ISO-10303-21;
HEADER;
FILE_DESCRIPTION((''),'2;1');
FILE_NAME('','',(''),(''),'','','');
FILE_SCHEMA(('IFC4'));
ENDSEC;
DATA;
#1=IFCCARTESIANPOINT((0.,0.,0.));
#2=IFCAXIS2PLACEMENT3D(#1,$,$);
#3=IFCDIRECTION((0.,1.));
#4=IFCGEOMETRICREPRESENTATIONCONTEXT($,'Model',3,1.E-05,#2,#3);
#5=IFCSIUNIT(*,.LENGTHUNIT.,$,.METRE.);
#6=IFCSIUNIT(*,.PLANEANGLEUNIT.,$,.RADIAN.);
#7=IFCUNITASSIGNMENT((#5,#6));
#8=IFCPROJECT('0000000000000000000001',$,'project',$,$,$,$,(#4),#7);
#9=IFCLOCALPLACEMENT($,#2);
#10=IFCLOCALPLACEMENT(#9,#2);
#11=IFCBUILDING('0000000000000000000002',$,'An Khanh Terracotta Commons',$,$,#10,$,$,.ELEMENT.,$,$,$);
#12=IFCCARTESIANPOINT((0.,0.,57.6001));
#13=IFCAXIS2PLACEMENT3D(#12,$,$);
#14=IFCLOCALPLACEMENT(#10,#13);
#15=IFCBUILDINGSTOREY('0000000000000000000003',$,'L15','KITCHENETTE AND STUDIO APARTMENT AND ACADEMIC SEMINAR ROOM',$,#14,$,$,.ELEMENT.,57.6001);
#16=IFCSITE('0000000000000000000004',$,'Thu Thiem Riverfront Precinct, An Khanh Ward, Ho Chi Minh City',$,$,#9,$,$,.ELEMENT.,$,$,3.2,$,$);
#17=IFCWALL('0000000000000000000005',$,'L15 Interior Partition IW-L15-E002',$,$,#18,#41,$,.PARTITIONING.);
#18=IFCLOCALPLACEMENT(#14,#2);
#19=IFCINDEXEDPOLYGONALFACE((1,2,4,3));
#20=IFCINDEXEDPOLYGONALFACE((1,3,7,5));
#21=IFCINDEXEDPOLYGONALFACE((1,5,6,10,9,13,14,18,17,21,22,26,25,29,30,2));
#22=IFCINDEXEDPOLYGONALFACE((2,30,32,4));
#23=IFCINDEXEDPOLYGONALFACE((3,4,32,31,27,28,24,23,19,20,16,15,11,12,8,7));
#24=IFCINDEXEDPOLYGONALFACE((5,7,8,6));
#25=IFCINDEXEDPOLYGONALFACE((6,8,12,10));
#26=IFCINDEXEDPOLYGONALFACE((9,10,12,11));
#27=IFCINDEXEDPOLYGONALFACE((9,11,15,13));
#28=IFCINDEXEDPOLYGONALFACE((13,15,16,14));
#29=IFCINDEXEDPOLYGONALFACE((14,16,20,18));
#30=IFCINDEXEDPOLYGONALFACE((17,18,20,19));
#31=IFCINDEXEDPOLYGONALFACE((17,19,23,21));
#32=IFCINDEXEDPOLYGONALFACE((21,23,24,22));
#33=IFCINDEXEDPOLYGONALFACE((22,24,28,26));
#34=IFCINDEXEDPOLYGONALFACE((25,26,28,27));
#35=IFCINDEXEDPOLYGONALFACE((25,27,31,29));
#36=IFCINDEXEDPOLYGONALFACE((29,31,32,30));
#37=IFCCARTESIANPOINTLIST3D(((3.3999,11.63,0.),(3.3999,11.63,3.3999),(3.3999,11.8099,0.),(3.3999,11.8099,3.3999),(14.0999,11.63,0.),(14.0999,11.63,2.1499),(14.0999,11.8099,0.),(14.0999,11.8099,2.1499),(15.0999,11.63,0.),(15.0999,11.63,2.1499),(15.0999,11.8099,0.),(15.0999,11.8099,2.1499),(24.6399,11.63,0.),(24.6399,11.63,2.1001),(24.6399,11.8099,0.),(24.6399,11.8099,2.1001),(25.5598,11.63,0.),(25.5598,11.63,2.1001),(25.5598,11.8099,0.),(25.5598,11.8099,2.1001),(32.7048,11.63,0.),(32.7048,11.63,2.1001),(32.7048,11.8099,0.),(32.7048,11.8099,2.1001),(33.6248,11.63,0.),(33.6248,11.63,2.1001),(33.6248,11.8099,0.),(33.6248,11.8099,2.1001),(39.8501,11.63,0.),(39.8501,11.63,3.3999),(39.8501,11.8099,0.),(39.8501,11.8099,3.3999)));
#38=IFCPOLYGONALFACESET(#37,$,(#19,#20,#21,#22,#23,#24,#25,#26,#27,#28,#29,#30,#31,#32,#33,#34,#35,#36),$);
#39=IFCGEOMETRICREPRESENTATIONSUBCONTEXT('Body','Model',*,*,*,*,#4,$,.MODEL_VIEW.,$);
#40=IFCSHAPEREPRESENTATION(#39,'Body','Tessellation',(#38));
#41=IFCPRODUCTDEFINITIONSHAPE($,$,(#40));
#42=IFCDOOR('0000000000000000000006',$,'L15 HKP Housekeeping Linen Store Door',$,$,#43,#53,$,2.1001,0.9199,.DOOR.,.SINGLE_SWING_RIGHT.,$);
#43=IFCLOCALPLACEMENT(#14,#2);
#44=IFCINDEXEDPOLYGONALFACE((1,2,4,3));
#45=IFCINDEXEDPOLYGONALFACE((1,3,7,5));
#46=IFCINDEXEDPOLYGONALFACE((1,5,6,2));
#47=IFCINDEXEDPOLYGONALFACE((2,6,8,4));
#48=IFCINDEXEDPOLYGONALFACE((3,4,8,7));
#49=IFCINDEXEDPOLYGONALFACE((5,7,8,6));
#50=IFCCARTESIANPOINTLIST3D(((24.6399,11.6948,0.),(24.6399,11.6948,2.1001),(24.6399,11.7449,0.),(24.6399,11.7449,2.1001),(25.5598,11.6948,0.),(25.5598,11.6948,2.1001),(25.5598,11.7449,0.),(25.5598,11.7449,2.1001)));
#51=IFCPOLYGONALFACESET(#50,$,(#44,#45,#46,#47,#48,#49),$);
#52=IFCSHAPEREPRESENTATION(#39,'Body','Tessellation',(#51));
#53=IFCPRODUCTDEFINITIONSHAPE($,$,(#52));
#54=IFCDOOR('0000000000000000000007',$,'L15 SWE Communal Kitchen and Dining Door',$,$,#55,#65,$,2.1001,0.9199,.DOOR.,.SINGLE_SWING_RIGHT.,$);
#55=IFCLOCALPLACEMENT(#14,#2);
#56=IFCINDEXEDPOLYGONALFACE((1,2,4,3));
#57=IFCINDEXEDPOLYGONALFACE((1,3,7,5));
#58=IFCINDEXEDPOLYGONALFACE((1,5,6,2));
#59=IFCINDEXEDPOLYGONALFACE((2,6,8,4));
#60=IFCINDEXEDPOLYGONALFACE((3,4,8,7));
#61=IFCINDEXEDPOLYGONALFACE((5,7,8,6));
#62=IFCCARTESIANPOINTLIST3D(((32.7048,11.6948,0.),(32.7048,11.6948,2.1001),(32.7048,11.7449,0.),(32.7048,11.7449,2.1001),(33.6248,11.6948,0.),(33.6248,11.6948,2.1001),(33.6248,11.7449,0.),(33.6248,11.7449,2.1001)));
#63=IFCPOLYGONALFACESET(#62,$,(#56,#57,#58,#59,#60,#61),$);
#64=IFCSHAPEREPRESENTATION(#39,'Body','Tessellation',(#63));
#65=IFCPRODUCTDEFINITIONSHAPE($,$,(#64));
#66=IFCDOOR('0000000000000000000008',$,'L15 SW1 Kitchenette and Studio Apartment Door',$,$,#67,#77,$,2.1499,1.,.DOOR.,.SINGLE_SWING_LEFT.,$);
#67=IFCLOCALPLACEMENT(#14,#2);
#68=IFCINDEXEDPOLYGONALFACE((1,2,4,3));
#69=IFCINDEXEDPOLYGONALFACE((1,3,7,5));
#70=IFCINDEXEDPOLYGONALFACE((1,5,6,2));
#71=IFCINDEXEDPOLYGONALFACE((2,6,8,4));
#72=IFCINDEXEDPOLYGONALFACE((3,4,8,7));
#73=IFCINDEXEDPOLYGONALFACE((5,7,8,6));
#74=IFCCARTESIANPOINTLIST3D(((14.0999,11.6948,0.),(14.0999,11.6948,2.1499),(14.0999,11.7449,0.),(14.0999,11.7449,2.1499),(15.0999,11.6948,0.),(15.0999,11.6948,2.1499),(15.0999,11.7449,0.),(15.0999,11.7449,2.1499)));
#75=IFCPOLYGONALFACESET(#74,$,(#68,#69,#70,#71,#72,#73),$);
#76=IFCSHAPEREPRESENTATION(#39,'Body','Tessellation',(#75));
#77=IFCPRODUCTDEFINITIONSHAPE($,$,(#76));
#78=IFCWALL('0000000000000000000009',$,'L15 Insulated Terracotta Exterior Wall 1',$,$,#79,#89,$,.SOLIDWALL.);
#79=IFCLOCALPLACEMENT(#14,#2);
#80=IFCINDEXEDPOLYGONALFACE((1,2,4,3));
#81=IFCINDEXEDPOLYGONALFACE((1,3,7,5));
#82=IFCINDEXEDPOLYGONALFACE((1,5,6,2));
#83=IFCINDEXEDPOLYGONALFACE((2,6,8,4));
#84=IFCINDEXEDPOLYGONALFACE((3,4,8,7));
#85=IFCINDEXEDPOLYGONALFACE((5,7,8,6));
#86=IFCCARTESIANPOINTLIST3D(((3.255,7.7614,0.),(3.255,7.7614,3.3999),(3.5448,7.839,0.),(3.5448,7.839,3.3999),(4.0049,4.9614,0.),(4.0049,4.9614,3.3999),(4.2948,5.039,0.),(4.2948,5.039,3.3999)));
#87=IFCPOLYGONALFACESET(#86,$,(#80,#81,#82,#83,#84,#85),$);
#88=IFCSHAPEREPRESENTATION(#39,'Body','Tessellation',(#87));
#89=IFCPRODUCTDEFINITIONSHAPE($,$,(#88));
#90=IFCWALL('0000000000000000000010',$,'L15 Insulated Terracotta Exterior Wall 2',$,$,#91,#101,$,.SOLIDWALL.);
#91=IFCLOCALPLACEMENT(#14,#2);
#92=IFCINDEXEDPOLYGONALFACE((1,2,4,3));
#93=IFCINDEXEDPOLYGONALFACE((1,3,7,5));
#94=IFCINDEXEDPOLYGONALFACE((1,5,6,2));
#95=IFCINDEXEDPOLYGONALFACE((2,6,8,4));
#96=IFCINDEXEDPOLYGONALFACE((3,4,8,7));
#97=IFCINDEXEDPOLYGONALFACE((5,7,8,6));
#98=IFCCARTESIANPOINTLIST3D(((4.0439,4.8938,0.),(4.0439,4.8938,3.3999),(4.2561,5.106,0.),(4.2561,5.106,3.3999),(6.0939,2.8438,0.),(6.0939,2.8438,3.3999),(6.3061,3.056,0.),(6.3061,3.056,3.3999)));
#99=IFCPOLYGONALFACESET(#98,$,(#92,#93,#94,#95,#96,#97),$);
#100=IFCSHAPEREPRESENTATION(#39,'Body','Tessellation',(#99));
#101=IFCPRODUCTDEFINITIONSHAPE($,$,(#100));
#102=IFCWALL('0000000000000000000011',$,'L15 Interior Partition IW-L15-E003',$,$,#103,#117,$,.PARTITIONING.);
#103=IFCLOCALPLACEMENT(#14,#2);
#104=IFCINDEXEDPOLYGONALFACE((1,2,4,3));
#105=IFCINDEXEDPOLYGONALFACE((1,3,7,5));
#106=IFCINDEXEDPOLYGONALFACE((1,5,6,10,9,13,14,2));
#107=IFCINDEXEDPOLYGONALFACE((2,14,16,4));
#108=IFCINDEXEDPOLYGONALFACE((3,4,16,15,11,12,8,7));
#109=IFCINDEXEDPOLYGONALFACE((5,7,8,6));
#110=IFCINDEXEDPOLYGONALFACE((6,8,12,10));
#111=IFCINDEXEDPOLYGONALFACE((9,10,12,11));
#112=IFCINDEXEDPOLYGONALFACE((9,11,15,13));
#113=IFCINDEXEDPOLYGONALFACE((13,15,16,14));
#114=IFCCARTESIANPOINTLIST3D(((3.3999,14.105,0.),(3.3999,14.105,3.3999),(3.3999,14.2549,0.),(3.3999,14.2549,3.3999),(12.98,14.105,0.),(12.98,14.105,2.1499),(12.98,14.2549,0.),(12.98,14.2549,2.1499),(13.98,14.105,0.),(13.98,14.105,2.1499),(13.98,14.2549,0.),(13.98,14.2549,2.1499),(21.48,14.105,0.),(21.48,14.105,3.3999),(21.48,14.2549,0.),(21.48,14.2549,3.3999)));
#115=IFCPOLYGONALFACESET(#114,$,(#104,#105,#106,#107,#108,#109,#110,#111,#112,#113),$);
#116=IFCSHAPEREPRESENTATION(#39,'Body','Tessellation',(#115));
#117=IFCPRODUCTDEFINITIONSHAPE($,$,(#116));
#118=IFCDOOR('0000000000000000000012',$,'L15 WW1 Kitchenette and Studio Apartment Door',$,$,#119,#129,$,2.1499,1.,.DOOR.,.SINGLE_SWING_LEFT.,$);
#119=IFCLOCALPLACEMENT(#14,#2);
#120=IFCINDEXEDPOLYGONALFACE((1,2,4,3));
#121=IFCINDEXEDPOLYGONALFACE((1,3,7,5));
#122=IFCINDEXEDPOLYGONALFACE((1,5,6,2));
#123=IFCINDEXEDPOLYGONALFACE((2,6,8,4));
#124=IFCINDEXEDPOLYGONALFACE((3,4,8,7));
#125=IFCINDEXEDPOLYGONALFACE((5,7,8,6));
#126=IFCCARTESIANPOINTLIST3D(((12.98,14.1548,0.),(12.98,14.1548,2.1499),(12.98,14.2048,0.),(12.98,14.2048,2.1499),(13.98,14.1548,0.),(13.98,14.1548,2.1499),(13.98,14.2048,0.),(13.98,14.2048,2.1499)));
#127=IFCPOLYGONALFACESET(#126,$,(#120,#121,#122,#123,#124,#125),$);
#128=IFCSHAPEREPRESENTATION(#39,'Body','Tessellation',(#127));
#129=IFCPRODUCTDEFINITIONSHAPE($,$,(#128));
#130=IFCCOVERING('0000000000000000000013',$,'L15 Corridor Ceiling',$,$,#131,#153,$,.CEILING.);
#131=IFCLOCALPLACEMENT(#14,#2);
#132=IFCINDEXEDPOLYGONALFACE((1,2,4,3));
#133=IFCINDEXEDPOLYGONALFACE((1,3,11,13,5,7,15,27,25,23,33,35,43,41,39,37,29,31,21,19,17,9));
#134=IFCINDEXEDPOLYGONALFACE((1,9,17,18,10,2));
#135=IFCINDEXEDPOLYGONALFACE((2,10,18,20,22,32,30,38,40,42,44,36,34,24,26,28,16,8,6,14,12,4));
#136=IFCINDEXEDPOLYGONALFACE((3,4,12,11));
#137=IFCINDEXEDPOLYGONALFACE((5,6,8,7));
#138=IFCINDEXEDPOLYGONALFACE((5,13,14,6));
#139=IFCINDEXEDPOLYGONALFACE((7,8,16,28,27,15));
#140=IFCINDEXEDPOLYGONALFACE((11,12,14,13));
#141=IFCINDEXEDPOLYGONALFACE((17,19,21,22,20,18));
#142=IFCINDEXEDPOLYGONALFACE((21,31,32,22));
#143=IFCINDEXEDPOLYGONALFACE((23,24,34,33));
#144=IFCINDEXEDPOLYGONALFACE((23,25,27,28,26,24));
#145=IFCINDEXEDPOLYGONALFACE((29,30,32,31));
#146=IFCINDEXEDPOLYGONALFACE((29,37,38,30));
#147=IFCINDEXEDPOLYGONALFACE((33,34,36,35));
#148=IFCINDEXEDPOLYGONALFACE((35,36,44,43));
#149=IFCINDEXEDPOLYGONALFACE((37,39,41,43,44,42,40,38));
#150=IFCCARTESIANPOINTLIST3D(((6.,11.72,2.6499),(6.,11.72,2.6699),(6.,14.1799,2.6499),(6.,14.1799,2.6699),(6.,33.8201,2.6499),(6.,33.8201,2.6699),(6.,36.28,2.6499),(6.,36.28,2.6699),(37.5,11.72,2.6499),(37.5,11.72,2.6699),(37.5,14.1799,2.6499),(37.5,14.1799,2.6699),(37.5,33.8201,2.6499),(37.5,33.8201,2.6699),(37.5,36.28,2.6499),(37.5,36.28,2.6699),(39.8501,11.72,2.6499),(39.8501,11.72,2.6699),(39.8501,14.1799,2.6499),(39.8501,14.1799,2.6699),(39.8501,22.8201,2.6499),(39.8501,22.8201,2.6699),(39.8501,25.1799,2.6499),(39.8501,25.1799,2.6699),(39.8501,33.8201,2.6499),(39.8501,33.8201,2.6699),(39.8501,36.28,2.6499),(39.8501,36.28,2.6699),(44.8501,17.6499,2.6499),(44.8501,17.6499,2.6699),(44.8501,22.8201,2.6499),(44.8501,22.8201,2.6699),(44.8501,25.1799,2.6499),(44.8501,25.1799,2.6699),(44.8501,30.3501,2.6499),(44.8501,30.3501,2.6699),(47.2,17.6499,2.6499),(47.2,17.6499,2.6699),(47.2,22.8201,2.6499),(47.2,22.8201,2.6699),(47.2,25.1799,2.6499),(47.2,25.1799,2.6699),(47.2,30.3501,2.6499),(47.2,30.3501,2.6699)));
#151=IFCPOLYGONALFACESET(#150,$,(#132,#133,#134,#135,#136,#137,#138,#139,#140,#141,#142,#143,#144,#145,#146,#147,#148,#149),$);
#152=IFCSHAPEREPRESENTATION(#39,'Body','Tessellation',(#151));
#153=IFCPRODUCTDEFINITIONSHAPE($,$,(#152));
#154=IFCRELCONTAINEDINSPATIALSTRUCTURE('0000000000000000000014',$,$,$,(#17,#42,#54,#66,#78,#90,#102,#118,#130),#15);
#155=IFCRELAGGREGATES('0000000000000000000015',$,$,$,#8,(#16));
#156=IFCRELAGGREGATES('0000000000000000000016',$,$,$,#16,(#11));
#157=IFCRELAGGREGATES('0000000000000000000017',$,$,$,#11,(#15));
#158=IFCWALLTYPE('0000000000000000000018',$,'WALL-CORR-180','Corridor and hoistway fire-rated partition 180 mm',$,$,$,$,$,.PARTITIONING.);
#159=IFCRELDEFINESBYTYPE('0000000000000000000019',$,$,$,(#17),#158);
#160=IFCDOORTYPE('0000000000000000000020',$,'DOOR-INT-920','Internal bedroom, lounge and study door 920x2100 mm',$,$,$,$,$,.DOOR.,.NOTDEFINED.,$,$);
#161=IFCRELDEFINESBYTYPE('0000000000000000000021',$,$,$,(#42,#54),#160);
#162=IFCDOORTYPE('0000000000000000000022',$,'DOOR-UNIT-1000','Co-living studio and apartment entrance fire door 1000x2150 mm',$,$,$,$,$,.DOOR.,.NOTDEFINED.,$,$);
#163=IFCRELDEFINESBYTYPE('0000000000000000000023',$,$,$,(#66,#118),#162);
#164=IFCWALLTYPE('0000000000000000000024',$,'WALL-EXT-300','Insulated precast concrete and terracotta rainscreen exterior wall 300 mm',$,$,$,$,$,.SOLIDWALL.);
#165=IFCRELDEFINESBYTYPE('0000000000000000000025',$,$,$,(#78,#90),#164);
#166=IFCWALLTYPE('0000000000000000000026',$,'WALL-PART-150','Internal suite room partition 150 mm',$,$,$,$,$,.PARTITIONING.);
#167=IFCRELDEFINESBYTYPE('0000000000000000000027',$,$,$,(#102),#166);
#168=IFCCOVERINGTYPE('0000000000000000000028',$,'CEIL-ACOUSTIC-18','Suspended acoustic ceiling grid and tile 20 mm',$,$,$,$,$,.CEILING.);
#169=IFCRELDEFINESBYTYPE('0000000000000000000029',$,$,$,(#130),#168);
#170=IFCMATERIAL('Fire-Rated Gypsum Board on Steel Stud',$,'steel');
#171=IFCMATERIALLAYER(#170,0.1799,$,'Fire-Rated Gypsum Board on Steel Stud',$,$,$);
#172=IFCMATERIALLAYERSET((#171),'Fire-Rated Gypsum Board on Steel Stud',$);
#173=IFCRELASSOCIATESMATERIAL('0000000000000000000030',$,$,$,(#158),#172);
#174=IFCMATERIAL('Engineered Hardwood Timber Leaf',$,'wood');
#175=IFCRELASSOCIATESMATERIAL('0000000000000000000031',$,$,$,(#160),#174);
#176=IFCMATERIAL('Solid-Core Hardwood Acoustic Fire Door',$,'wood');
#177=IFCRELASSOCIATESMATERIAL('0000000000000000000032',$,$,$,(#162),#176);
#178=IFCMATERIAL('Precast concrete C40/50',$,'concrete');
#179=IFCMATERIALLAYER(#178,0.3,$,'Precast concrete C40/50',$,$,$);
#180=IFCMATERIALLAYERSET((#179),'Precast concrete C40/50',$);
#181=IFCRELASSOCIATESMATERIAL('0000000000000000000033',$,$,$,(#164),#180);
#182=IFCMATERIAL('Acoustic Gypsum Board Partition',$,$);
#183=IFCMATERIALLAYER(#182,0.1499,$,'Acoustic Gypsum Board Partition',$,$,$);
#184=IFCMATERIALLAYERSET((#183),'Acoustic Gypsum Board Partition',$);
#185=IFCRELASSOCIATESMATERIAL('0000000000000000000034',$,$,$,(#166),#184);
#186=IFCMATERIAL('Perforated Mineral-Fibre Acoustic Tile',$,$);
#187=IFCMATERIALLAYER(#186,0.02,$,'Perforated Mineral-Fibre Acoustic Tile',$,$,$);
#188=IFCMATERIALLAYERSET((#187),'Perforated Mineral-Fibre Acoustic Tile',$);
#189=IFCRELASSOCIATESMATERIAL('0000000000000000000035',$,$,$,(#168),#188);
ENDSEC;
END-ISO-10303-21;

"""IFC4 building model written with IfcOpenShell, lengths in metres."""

from ifc_helpers import new_model, si_unit, direction, frame, frame_2d, origin, place, context, subcontext, project, spatial, polyline, rectangle, outline, extrude, material, layer, layer_set, type_object, element, fill, save


model = new_model("IFC4")

# Units and contexts
model_context = context("Model", 3, precision=1e-05, world=origin(), true_north=direction((0.0, 1.0)))
body_context = subcontext(model_context, "Body", "Model", "MODEL_VIEW")
ifc_project = project(units=[si_unit("LENGTHUNIT", "METRE"), si_unit("PLANEANGLEUNIT", "RADIAN")], contexts=[model_context])

# Site, building, storey
site_placement = place(None, origin())
site = spatial("IfcSite", under=ifc_project, at=site_placement, Name="Thu Thiem Riverfront Precinct, An Khanh Ward, Ho Chi Minh City", CompositionType="ELEMENT", RefElevation=3.2)
building_placement = place(site_placement, origin())
building = spatial("IfcBuilding", under=site, at=building_placement, Name="An Khanh Terracotta Commons", CompositionType="ELEMENT")
storey_placement = place(building_placement, frame((0.0, 0.0, 57.6001)))
storey = spatial("IfcBuildingStorey", under=building, at=storey_placement, Name="L15", Description="KITCHENETTE AND STUDIO APARTMENT AND ACADEMIC SEMINAR ROOM", CompositionType="ELEMENT", Elevation=57.6001)

# Shared definitions
ifc_material_1 = material(Name="Precast concrete C40/50", Category="concrete")

# Wall, openings, doors
ifc_material_2 = material(Name="Fire-Rated Gypsum Board on Steel Stud", Category="steel")
ifc_layer_1 = layer(ifc_material_2, 0.1799, Name="Fire-Rated Gypsum Board on Steel Stud")
ifc_layer_set_1 = layer_set([ifc_layer_1], Name="Fire-Rated Gypsum Board on Steel Stud")
wall_type_1 = type_object("IfcWallType", Name="WALL-CORR-180", Description="Corridor and hoistway fire-rated partition 180 mm", PredefinedType="PARTITIONING", material=ifc_layer_set_1)
wall_1_placement = place(storey_placement, frame((3.3999, 11.72, 0.0), z_axis=(0.0, 0.0, 1.0), x_axis=(1.0, 0.0, 0.0)))
wall_1 = element("IfcWall", 1, at=wall_1_placement, inside=storey, type_object=wall_type_1, Name="L15 Interior Partition IW-L15-E002", PredefinedType="PARTITIONING", context=body_context, shape_type="SweptSolid", body=[
    extrude(rectangle(XDim=36.4502, YDim=0.1799, at=frame_2d((18.2251, 0.0))), origin(), (0.0, 0.0, 1.0), 3.3999),
])
opening_1_placement = place(wall_1_placement, frame((21.24, 0.0, 0.0)))
opening_1 = element("IfcOpeningElement", 2, at=opening_1_placement, cuts=wall_1, PredefinedType="OPENING", context=body_context, shape_type="SweptSolid", body=[
    extrude(rectangle(XDim=0.9199, YDim=2.1001, at=frame_2d((0.46, 1.05))), frame((0.0, 0.0999, 0.0), z_axis=(0.0, -1.0, 0.0), x_axis=(1.0, 0.0, 0.0)), (0.0, 0.0, 1.0), 0.2),
])
opening_2_placement = place(wall_1_placement, frame((10.7, 0.0, 0.0)))
opening_2 = element("IfcOpeningElement", 3, at=opening_2_placement, cuts=wall_1, PredefinedType="OPENING", context=body_context, shape_type="SweptSolid", body=[
    extrude(rectangle(XDim=1.0, YDim=2.1499, at=frame_2d((0.5, 1.075))), frame((0.0, 0.0999, 0.0), z_axis=(0.0, -1.0, 0.0), x_axis=(1.0, 0.0, 0.0)), (0.0, 0.0, 1.0), 0.2),
])
opening_3_placement = place(wall_1_placement, frame((29.3049, 0.0, 0.0)))
opening_3 = element("IfcOpeningElement", 4, at=opening_3_placement, cuts=wall_1, PredefinedType="OPENING", context=body_context, shape_type="SweptSolid", body=[
    extrude(rectangle(XDim=0.9199, YDim=2.1001, at=frame_2d((0.46, 1.05))), frame((0.0, 0.0999, 0.0), z_axis=(0.0, -1.0, 0.0), x_axis=(1.0, 0.0, 0.0)), (0.0, 0.0, 1.0), 0.2),
])
ifc_material_3 = material(Name="Engineered Hardwood Timber Leaf", Category="wood")
door_type_1 = type_object("IfcDoorType", Name="DOOR-INT-920", Description="Internal bedroom, lounge and study door 920x2100 mm", OperationType="NOTDEFINED", PredefinedType="DOOR", material=ifc_material_3)
door_1_placement = place(opening_1_placement, origin())
door_1 = element("IfcDoor", 5, at=door_1_placement, inside=storey, type_object=door_type_1, Name="L15 HKP Housekeeping Linen Store Door", OperationType="SINGLE_SWING_RIGHT", OverallHeight=2.1001, OverallWidth=0.9199, PredefinedType="DOOR", context=body_context, shape_type="SweptSolid", body=[
    extrude(rectangle(XDim=0.9199, YDim=2.1001, at=frame_2d((0.46, 1.05))), frame((0.0, 0.0249, 0.0), z_axis=(0.0, -1.0, 0.0), x_axis=(1.0, 0.0, 0.0)), (0.0, 0.0, 1.0), 0.05),
])
fill(opening_1, door_1)
door_2_placement = place(opening_3_placement, origin())
door_2 = element("IfcDoor", 6, at=door_2_placement, inside=storey, type_object=door_type_1, Name="L15 SWE Communal Kitchen and Dining Door", OperationType="SINGLE_SWING_RIGHT", OverallHeight=2.1001, OverallWidth=0.9199, PredefinedType="DOOR", context=body_context, shape_type="SweptSolid", body=[
    extrude(rectangle(XDim=0.9199, YDim=2.1001, at=frame_2d((0.46, 1.05))), frame((0.0, 0.0249, 0.0), z_axis=(0.0, -1.0, 0.0), x_axis=(1.0, 0.0, 0.0)), (0.0, 0.0, 1.0), 0.05),
])
fill(opening_3, door_2)
ifc_material_4 = material(Name="Solid-Core Hardwood Acoustic Fire Door", Category="wood")
door_type_2 = type_object("IfcDoorType", Name="DOOR-UNIT-1000", Description="Co-living studio and apartment entrance fire door 1000x2150 mm", OperationType="NOTDEFINED", PredefinedType="DOOR", material=ifc_material_4)
door_3_placement = place(opening_2_placement, origin())
door_3 = element("IfcDoor", 7, at=door_3_placement, inside=storey, type_object=door_type_2, Name="L15 SW1 Kitchenette and Studio Apartment Door", OperationType="SINGLE_SWING_LEFT", OverallHeight=2.1499, OverallWidth=1.0, PredefinedType="DOOR", context=body_context, shape_type="SweptSolid", body=[
    extrude(rectangle(XDim=1.0, YDim=2.1499, at=frame_2d((0.5, 1.075))), frame((0.0, 0.0249, 0.0), z_axis=(0.0, -1.0, 0.0), x_axis=(1.0, 0.0, 0.0)), (0.0, 0.0, 1.0), 0.05),
])
fill(opening_2, door_3)

# Walls
ifc_layer_2 = layer(ifc_material_1, 0.3, Name="Precast concrete C40/50")
ifc_layer_set_2 = layer_set([ifc_layer_2], Name="Precast concrete C40/50")
wall_type_2 = type_object("IfcWallType", Name="WALL-EXT-300", Description="Insulated precast concrete and terracotta rainscreen exterior wall 300 mm", PredefinedType="SOLIDWALL", material=ifc_layer_set_2)
wall_2_placement = place(storey_placement, frame((3.3999, 7.8, 0.0), z_axis=(0.0, 0.0, 1.0), x_axis=(0.258732, -0.965949, 0.0)))
element("IfcWall", 8, at=wall_2_placement, inside=storey, type_object=wall_type_2, Name="L15 Insulated Terracotta Exterior Wall 1", PredefinedType="SOLIDWALL", context=body_context, shape_type="SweptSolid", body=[
    extrude(rectangle(XDim=2.8987, YDim=0.3, at=frame_2d((1.4492, 0.0))), origin(), (0.0, 0.0, 1.0), 3.3999),
])
wall_3_placement = place(storey_placement, frame((4.1499, 5.0, 0.0), z_axis=(0.0, 0.0, 1.0), x_axis=(0.707107, -0.707107, 0.0)))
element("IfcWall", 9, at=wall_3_placement, inside=storey, type_object=wall_type_2, Name="L15 Insulated Terracotta Exterior Wall 2", PredefinedType="SOLIDWALL", context=body_context, shape_type="SweptSolid", body=[
    extrude(rectangle(XDim=2.8992, YDim=0.3, at=frame_2d((1.4497, 0.0))), origin(), (0.0, 0.0, 1.0), 3.3999),
])

# Wall, opening, door
ifc_material_5 = material(Name="Acoustic Gypsum Board Partition")
ifc_layer_3 = layer(ifc_material_5, 0.1499, Name="Acoustic Gypsum Board Partition")
ifc_layer_set_3 = layer_set([ifc_layer_3], Name="Acoustic Gypsum Board Partition")
wall_type_3 = type_object("IfcWallType", Name="WALL-PART-150", Description="Internal suite room partition 150 mm", PredefinedType="PARTITIONING", material=ifc_layer_set_3)
wall_4_placement = place(storey_placement, frame((3.3999, 14.1799, 0.0), z_axis=(0.0, 0.0, 1.0), x_axis=(1.0, 0.0, 0.0)))
wall_4 = element("IfcWall", 10, at=wall_4_placement, inside=storey, type_object=wall_type_3, Name="L15 Interior Partition IW-L15-E003", PredefinedType="PARTITIONING", context=body_context, shape_type="SweptSolid", body=[
    extrude(rectangle(XDim=18.0801, YDim=0.1499, at=frame_2d((9.04, 0.0))), origin(), (0.0, 0.0, 1.0), 3.3999),
])
opening_4_placement = place(wall_4_placement, frame((9.5801, 0.0, 0.0)))
opening_4 = element("IfcOpeningElement", 11, at=opening_4_placement, cuts=wall_4, PredefinedType="OPENING", context=body_context, shape_type="SweptSolid", body=[
    extrude(rectangle(XDim=1.0, YDim=2.1499, at=frame_2d((0.5, 1.075))), frame((0.0, 0.085, 0.0), z_axis=(0.0, -1.0, 0.0), x_axis=(1.0, 0.0, 0.0)), (0.0, 0.0, 1.0), 0.1699),
])
door_4_placement = place(opening_4_placement, origin())
door_4 = element("IfcDoor", 12, at=door_4_placement, inside=storey, type_object=door_type_2, Name="L15 WW1 Kitchenette and Studio Apartment Door", OperationType="SINGLE_SWING_LEFT", OverallHeight=2.1499, OverallWidth=1.0, PredefinedType="DOOR", context=body_context, shape_type="SweptSolid", body=[
    extrude(rectangle(XDim=1.0, YDim=2.1499, at=frame_2d((0.5, 1.075))), frame((0.0, 0.0249, 0.0), z_axis=(0.0, -1.0, 0.0), x_axis=(1.0, 0.0, 0.0)), (0.0, 0.0, 1.0), 0.05),
])
fill(opening_4, door_4)

# Covering
ifc_material_6 = material(Name="Perforated Mineral-Fibre Acoustic Tile")
ifc_layer_4 = layer(ifc_material_6, 0.02, Name="Perforated Mineral-Fibre Acoustic Tile")
ifc_layer_set_4 = layer_set([ifc_layer_4], Name="Perforated Mineral-Fibre Acoustic Tile")
covering_type = type_object("IfcCoveringType", Name="CEIL-ACOUSTIC-18", Description="Suspended acoustic ceiling grid and tile 20 mm", PredefinedType="CEILING", material=ifc_layer_set_4)
covering_1_placement = place(storey_placement, frame((0.0, 0.0, 2.6499)))
element("IfcCovering", 13, at=covering_1_placement, inside=storey, type_object=covering_type, Name="L15 Corridor Ceiling", PredefinedType="CEILING", context=body_context, shape_type="SweptSolid", body=[
    extrude(outline(polyline([(6.0, 11.72), (6.0, 14.1799), (37.5, 14.1799), (37.5, 33.8201), (6.0, 33.8201), (6.0, 36.28), (37.5, 36.28), (39.8501, 36.28), (39.8501, 33.8201), (39.8501, 25.1799), (44.8501, 25.1799), (44.8501, 30.3501), (47.2, 30.3501), (47.2, 25.1799), (47.2, 22.8201), (47.2, 17.6499), (44.8501, 17.6499), (44.8501, 22.8201), (39.8501, 22.8201), (39.8501, 14.1799), (39.8501, 11.72), (37.5, 11.72), (6.0, 11.72)])), origin(), (0.0, 0.0, 1.0), 0.02),
])

save(model, "model.ifc")
